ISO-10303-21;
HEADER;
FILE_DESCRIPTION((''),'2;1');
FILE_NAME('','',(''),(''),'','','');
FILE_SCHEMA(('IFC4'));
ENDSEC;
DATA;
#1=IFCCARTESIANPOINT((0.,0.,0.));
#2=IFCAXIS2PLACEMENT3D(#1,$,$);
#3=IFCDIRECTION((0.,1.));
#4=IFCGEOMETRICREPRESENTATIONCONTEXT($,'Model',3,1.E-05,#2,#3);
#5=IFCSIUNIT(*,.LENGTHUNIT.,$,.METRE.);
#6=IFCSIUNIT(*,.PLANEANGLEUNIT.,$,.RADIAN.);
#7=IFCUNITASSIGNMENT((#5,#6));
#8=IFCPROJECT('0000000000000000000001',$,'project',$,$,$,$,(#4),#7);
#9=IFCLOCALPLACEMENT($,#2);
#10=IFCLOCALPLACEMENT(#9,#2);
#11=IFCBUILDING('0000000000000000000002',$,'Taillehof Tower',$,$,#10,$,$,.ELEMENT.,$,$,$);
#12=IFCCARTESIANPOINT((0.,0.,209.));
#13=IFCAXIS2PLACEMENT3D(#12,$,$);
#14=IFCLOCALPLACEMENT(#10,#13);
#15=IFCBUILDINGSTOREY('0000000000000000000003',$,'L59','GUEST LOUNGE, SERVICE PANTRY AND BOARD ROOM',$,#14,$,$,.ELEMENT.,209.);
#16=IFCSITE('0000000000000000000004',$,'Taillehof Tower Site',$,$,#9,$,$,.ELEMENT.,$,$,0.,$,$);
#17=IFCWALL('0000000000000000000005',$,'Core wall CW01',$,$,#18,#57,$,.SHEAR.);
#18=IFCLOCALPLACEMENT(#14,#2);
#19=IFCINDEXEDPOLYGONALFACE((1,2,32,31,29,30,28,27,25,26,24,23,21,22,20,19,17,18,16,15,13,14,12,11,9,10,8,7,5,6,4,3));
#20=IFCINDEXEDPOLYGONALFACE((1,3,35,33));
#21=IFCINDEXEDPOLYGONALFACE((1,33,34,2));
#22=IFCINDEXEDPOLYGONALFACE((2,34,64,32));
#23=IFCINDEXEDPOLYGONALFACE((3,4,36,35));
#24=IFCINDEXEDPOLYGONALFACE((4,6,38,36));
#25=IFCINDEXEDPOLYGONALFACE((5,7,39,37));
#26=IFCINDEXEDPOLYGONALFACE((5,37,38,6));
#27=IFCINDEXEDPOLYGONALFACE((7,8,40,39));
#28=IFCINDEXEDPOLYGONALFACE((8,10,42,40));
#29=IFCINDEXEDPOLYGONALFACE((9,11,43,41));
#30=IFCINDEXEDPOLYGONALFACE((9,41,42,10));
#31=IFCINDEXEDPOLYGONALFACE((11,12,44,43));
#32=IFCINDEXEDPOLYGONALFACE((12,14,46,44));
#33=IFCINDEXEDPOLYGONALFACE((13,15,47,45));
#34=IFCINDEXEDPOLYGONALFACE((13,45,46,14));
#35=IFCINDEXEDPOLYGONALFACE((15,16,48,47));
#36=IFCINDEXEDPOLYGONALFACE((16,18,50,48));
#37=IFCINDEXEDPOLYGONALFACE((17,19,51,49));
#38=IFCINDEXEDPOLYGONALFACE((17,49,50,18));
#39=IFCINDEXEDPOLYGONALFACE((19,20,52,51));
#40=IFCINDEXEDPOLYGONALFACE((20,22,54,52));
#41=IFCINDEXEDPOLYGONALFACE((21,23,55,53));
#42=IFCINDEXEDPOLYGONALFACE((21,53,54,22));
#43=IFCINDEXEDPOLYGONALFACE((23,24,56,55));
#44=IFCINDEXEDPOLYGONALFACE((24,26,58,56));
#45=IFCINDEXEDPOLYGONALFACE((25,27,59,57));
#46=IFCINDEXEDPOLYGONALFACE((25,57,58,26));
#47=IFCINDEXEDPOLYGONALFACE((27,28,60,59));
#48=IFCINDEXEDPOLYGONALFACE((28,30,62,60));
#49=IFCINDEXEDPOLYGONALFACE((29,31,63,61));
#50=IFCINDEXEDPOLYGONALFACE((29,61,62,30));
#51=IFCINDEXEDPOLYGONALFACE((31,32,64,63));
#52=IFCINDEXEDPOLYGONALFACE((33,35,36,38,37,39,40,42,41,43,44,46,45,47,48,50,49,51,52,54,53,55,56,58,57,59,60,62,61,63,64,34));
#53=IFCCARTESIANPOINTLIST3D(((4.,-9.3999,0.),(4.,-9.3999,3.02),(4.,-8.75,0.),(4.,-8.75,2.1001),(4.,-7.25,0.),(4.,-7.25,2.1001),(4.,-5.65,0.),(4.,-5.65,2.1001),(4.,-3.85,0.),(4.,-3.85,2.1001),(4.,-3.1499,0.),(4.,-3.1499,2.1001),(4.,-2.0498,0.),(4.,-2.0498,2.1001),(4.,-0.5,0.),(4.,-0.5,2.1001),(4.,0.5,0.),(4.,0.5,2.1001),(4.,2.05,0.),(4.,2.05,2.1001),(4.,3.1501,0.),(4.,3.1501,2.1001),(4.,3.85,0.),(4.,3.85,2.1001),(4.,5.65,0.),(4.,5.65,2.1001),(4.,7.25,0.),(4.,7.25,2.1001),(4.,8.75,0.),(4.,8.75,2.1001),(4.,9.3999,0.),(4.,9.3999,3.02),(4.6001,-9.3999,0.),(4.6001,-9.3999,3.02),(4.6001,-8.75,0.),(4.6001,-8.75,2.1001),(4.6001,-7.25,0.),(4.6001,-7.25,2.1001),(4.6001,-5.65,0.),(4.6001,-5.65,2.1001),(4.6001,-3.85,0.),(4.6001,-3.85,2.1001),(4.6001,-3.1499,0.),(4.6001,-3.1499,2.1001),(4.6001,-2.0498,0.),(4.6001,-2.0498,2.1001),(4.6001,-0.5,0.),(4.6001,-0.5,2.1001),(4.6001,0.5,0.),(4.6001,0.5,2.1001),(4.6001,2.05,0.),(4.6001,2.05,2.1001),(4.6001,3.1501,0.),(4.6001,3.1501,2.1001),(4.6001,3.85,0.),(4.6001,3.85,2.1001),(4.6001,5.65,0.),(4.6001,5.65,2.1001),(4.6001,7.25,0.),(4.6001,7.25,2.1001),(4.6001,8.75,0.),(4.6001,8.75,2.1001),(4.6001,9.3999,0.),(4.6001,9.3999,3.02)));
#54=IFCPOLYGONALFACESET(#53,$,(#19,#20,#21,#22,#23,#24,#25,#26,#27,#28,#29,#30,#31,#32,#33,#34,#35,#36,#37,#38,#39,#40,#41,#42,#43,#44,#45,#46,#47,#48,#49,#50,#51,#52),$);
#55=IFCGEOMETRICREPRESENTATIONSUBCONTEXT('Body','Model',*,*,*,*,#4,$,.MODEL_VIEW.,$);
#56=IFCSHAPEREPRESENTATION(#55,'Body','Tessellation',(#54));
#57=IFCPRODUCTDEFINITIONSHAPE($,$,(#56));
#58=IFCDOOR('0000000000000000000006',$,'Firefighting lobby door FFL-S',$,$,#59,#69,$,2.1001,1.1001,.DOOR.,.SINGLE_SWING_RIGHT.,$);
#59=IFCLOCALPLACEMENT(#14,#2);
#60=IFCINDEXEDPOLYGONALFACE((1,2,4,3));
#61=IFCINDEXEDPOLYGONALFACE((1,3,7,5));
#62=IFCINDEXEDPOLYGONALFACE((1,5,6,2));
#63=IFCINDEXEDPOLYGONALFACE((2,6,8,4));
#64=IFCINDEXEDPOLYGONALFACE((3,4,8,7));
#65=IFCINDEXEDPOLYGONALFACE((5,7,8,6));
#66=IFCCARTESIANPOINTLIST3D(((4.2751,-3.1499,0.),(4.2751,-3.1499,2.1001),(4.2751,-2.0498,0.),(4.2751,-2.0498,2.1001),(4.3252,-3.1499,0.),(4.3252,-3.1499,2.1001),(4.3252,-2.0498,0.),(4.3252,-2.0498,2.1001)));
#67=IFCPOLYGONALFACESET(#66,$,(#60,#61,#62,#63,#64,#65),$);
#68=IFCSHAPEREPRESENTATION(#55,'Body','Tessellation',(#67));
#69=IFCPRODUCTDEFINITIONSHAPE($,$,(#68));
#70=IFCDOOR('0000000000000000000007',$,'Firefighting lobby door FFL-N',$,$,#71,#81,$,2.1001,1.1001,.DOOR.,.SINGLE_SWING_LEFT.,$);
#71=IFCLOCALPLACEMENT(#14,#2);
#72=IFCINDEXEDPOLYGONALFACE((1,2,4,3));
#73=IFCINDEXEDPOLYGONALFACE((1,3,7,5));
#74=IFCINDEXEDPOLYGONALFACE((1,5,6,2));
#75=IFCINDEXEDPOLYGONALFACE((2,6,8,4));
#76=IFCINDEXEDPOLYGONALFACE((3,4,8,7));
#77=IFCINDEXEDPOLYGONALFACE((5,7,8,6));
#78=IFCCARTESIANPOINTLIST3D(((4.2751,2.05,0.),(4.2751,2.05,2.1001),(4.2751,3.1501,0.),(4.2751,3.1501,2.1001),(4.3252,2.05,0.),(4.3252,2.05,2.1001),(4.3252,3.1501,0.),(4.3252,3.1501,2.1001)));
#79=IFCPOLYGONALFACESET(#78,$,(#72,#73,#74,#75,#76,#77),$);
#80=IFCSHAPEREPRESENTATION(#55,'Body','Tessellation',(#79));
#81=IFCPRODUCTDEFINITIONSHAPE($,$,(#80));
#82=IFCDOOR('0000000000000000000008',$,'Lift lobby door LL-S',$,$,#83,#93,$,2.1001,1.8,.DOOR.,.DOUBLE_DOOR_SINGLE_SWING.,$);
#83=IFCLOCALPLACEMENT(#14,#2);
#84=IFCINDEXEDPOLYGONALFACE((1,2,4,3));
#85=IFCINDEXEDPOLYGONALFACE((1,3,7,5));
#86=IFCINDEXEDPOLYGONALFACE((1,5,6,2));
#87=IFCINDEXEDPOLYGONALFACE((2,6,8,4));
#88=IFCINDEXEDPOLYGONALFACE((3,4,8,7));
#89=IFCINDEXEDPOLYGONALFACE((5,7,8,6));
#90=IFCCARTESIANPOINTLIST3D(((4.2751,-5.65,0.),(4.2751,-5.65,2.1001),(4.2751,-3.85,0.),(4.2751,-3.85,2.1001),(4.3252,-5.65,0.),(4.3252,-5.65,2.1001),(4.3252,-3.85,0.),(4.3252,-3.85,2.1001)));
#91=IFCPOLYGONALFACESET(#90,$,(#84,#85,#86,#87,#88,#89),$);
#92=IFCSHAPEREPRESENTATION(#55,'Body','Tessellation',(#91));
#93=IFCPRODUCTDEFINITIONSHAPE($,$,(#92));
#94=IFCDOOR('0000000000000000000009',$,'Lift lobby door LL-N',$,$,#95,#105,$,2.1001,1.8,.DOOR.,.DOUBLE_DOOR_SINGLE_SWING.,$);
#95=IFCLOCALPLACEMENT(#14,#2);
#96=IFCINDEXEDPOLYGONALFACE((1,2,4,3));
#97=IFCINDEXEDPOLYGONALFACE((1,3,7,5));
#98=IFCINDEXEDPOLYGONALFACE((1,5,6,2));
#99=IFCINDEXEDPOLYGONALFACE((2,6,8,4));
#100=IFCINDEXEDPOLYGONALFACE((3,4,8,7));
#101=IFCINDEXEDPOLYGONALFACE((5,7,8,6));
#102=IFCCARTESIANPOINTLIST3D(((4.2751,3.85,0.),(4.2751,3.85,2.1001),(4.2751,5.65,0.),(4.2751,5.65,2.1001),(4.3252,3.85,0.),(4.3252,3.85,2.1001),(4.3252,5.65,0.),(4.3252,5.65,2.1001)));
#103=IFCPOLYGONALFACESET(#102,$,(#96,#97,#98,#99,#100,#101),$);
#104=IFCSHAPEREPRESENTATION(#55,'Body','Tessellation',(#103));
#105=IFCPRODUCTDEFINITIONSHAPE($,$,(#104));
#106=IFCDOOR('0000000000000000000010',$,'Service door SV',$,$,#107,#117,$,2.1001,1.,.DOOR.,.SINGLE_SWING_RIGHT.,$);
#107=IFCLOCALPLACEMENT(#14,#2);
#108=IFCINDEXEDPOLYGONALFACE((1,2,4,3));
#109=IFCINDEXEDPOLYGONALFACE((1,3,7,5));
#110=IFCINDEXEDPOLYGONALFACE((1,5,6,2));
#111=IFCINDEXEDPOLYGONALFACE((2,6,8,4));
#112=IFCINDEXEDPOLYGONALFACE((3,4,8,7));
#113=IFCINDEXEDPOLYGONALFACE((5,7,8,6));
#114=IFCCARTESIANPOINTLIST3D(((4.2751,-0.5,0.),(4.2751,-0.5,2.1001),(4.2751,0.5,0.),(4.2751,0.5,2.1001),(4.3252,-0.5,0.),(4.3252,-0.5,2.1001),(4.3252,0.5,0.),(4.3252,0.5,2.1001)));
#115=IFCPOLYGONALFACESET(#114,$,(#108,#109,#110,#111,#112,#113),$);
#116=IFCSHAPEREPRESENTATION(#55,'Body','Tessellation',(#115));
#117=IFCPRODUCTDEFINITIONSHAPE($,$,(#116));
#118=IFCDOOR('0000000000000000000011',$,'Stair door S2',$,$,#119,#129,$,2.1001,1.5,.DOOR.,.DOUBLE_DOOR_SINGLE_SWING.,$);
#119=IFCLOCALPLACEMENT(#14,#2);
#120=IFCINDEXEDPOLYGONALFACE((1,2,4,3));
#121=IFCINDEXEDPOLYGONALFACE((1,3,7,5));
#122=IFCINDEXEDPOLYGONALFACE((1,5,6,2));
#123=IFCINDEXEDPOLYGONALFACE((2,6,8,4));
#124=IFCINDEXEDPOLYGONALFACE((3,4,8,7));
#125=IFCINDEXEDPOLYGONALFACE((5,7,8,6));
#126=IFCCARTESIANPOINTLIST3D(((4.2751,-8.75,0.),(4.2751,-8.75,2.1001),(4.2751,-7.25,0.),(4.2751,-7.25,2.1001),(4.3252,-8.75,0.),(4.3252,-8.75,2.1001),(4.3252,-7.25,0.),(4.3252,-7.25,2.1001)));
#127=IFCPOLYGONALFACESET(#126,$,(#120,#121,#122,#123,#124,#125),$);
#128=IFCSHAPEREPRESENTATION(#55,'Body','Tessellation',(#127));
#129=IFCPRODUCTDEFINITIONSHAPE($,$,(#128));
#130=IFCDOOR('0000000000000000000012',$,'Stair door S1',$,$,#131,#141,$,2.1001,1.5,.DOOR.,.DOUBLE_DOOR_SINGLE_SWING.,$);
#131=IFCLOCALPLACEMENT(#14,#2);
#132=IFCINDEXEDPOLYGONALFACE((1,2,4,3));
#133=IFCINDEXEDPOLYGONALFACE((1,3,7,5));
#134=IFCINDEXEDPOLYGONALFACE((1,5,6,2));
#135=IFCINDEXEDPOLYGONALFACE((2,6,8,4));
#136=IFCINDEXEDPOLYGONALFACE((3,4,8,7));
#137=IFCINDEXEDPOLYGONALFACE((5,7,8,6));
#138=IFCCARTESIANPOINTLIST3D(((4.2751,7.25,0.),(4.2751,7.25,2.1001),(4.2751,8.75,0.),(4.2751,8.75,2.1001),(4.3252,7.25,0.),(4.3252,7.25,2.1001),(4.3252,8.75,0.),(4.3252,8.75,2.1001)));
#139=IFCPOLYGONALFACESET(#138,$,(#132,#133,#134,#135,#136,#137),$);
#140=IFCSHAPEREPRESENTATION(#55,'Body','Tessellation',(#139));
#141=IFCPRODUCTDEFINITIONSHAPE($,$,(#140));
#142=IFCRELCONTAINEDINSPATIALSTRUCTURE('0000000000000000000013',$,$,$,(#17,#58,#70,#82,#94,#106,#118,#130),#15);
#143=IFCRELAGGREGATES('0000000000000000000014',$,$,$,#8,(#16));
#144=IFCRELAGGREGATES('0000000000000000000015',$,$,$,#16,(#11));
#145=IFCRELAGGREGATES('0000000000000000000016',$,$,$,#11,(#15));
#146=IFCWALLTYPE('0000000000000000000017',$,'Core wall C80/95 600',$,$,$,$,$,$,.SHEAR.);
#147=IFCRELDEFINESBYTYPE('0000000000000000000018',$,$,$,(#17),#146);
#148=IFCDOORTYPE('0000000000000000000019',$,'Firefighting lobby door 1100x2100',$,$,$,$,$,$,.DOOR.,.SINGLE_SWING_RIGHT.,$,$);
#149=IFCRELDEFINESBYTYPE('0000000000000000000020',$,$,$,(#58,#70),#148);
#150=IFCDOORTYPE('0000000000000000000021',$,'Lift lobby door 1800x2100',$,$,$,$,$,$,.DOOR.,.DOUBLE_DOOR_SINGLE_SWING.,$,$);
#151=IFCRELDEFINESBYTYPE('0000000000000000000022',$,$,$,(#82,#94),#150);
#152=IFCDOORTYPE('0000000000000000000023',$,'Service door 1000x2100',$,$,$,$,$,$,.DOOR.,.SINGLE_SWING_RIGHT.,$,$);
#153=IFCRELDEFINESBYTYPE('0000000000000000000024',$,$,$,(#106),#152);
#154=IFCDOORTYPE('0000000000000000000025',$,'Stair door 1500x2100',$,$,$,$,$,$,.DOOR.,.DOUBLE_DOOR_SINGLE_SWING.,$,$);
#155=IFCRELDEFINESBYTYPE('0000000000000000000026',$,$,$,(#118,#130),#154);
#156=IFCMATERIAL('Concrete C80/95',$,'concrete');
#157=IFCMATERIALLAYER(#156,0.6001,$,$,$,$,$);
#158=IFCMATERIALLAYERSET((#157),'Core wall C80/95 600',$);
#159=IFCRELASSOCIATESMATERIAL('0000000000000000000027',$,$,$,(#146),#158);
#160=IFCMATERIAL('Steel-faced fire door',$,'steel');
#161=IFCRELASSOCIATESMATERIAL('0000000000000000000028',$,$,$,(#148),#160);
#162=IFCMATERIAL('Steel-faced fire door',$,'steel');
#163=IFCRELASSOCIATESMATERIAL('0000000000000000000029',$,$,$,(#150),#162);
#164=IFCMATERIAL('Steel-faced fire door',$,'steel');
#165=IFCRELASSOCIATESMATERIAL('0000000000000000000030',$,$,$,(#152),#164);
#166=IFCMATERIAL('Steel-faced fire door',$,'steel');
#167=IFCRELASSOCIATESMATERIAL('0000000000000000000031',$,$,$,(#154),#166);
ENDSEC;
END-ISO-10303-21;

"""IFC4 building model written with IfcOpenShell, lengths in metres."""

from ifc_helpers import new_model, si_unit, direction, frame, frame_2d, origin, place, context, subcontext, project, spatial, rectangle, extrude, material, layer, layer_set, type_object, element, fill, save


model = new_model("IFC4")

# Units and contexts
model_context = context("Model", 3, precision=1e-05, world=origin(), true_north=direction((0.0, 1.0)))
body_context = subcontext(model_context, "Body", "Model", "MODEL_VIEW")
ifc_project = project(units=[si_unit("LENGTHUNIT", "METRE"), si_unit("PLANEANGLEUNIT", "RADIAN")], contexts=[model_context])

# Site, building, storey
site_placement = place(None, origin())
site = spatial("IfcSite", under=ifc_project, at=site_placement, Name="Taillehof Tower Site", CompositionType="ELEMENT", RefElevation=0.0)
building_placement = place(site_placement, origin())
building = spatial("IfcBuilding", under=site, at=building_placement, Name="Taillehof Tower", CompositionType="ELEMENT")
storey_placement = place(building_placement, frame((0.0, 0.0, 209.0)))
storey = spatial("IfcBuildingStorey", under=building, at=storey_placement, Name="L59", Description="GUEST LOUNGE, SERVICE PANTRY AND BOARD ROOM", CompositionType="ELEMENT", Elevation=209.0)

# Wall, openings, doors
ifc_material_1 = material(Name="Concrete C80/95", Category="concrete")
ifc_layer_1 = layer(ifc_material_1, 0.6001)
ifc_layer_set_1 = layer_set([ifc_layer_1], Name="Core wall C80/95 600")
wall_type_1 = type_object("IfcWallType", Name="Core wall C80/95 600", PredefinedType="SHEAR", material=ifc_layer_set_1)
wall_1_placement = place(storey_placement, frame((4.3, -9.3999, 0.0), z_axis=(0.0, 0.0, 1.0), x_axis=(0.0, 1.0, 0.0)))
wall_1 = element("IfcWall", 1, at=wall_1_placement, inside=storey, type_object=wall_type_1, Name="Core wall CW01", PredefinedType="SHEAR", context=body_context, shape_type="SweptSolid", body=[
    extrude(rectangle(XDim=18.7998, YDim=0.6001, at=frame_2d((9.3999, 0.0))), origin(), (0.0, 0.0, 1.0), 3.02),
])
opening_1_placement = place(wall_1_placement, frame((0.6499, 0.0, 0.0)))
opening_1 = element("IfcOpeningElement", 2, at=opening_1_placement, cuts=wall_1, PredefinedType="OPENING", context=body_context, shape_type="SweptSolid", body=[
    extrude(rectangle(XDim=1.5, YDim=2.1001, at=frame_2d((0.75, 1.05))), frame((0.0, 0.3101, 0.0), z_axis=(0.0, -1.0, 0.0), x_axis=(1.0, 0.0, 0.0)), (0.0, 0.0, 1.0), 0.6201),
])
opening_2_placement = place(wall_1_placement, frame((3.75, 0.0, 0.0)))
opening_2 = element("IfcOpeningElement", 3, at=opening_2_placement, cuts=wall_1, PredefinedType="OPENING", context=body_context, shape_type="SweptSolid", body=[
    extrude(rectangle(XDim=1.8, YDim=2.1001, at=frame_2d((0.8999, 1.05))), frame((0.0, 0.3101, 0.0), z_axis=(0.0, -1.0, 0.0), x_axis=(1.0, 0.0, 0.0)), (0.0, 0.0, 1.0), 0.6201),
])
opening_3_placement = place(wall_1_placement, frame((6.25, 0.0, 0.0)))
opening_3 = element("IfcOpeningElement", 4, at=opening_3_placement, cuts=wall_1, PredefinedType="OPENING", context=body_context, shape_type="SweptSolid", body=[
    extrude(rectangle(XDim=1.1001, YDim=2.1001, at=frame_2d((0.55, 1.05))), frame((0.0, 0.3101, 0.0), z_axis=(0.0, -1.0, 0.0), x_axis=(1.0, 0.0, 0.0)), (0.0, 0.0, 1.0), 0.6201),
])
opening_4_placement = place(wall_1_placement, frame((8.8999, 0.0, 0.0)))
opening_4 = element("IfcOpeningElement", 5, at=opening_4_placement, cuts=wall_1, PredefinedType="OPENING", context=body_context, shape_type="SweptSolid", body=[
    extrude(rectangle(XDim=1.0, YDim=2.1001, at=frame_2d((0.5, 1.05))), frame((0.0, 0.3101, 0.0), z_axis=(0.0, -1.0, 0.0), x_axis=(1.0, 0.0, 0.0)), (0.0, 0.0, 1.0), 0.6201),
])
opening_5_placement = place(wall_1_placement, frame((11.45, 0.0, 0.0)))
opening_5 = element("IfcOpeningElement", 6, at=opening_5_placement, cuts=wall_1, PredefinedType="OPENING", context=body_context, shape_type="SweptSolid", body=[
    extrude(rectangle(XDim=1.1001, YDim=2.1001, at=frame_2d((0.55, 1.05))), frame((0.0, 0.3101, 0.0), z_axis=(0.0, -1.0, 0.0), x_axis=(1.0, 0.0, 0.0)), (0.0, 0.0, 1.0), 0.6201),
])
opening_6_placement = place(wall_1_placement, frame((13.25, 0.0, 0.0)))
opening_6 = element("IfcOpeningElement", 7, at=opening_6_placement, cuts=wall_1, PredefinedType="OPENING", context=body_context, shape_type="SweptSolid", body=[
    extrude(rectangle(XDim=1.8, YDim=2.1001, at=frame_2d((0.8999, 1.05))), frame((0.0, 0.3101, 0.0), z_axis=(0.0, -1.0, 0.0), x_axis=(1.0, 0.0, 0.0)), (0.0, 0.0, 1.0), 0.6201),
])
opening_7_placement = place(wall_1_placement, frame((16.6499, 0.0, 0.0)))
opening_7 = element("IfcOpeningElement", 8, at=opening_7_placement, cuts=wall_1, PredefinedType="OPENING", context=body_context, shape_type="SweptSolid", body=[
    extrude(rectangle(XDim=1.5, YDim=2.1001, at=frame_2d((0.75, 1.05))), frame((0.0, 0.3101, 0.0), z_axis=(0.0, -1.0, 0.0), x_axis=(1.0, 0.0, 0.0)), (0.0, 0.0, 1.0), 0.6201),
])
ifc_material_2 = material(Name="Steel-faced fire door", Category="steel")
door_type_1 = type_object("IfcDoorType", Name="Firefighting lobby door 1100x2100", OperationType="SINGLE_SWING_RIGHT", PredefinedType="DOOR", material=ifc_material_2)
door_1_placement = place(opening_3_placement, origin())
door_1 = element("IfcDoor", 9, at=door_1_placement, inside=storey, type_object=door_type_1, Name="Firefighting lobby door FFL-S", OperationType="SINGLE_SWING_RIGHT", OverallHeight=2.1001, OverallWidth=1.1001, PredefinedType="DOOR", context=body_context, shape_type="SweptSolid", body=[
    extrude(rectangle(XDim=1.1001, YDim=2.1001, at=frame_2d((0.55, 1.05))), frame((0.0, 0.0249, 0.0), z_axis=(0.0, -1.0, 0.0), x_axis=(1.0, 0.0, 0.0)), (0.0, 0.0, 1.0), 0.05),
])
fill(opening_3, door_1)
door_2_placement = place(opening_5_placement, origin())
door_2 = element("IfcDoor", 10, at=door_2_placement, inside=storey, type_object=door_type_1, Name="Firefighting lobby door FFL-N", OperationType="SINGLE_SWING_LEFT", OverallHeight=2.1001, OverallWidth=1.1001, PredefinedType="DOOR", context=body_context, shape_type="SweptSolid", body=[
    extrude(rectangle(XDim=1.1001, YDim=2.1001, at=frame_2d((0.55, 1.05))), frame((0.0, 0.0249, 0.0), z_axis=(0.0, -1.0, 0.0), x_axis=(1.0, 0.0, 0.0)), (0.0, 0.0, 1.0), 0.05),
])
fill(opening_5, door_2)
ifc_material_3 = material(Name="Steel-faced fire door", Category="steel")
door_type_2 = type_object("IfcDoorType", Name="Lift lobby door 1800x2100", OperationType="DOUBLE_DOOR_SINGLE_SWING", PredefinedType="DOOR", material=ifc_material_3)
door_3_placement = place(opening_2_placement, origin())
door_3 = element("IfcDoor", 11, at=door_3_placement, inside=storey, type_object=door_type_2, Name="Lift lobby door LL-S", OperationType="DOUBLE_DOOR_SINGLE_SWING", OverallHeight=2.1001, OverallWidth=1.8, PredefinedType="DOOR", context=body_context, shape_type="SweptSolid", body=[
    extrude(rectangle(XDim=1.8, YDim=2.1001, at=frame_2d((0.8999, 1.05))), frame((0.0, 0.0249, 0.0), z_axis=(0.0, -1.0, 0.0), x_axis=(1.0, 0.0, 0.0)), (0.0, 0.0, 1.0), 0.05),
])
fill(opening_2, door_3)
door_4_placement = place(opening_6_placement, origin())
door_4 = element("IfcDoor", 12, at=door_4_placement, inside=storey, type_object=door_type_2, Name="Lift lobby door LL-N", OperationType="DOUBLE_DOOR_SINGLE_SWING", OverallHeight=2.1001, OverallWidth=1.8, PredefinedType="DOOR", context=body_context, shape_type="SweptSolid", body=[
    extrude(rectangle(XDim=1.8, YDim=2.1001, at=frame_2d((0.8999, 1.05))), frame((0.0, 0.0249, 0.0), z_axis=(0.0, -1.0, 0.0), x_axis=(1.0, 0.0, 0.0)), (0.0, 0.0, 1.0), 0.05),
])
fill(opening_6, door_4)
ifc_material_4 = material(Name="Steel-faced fire door", Category="steel")
door_type_3 = type_object("IfcDoorType", Name="Service door 1000x2100", OperationType="SINGLE_SWING_RIGHT", PredefinedType="DOOR", material=ifc_material_4)
door_5_placement = place(opening_4_placement, origin())
door_5 = element("IfcDoor", 13, at=door_5_placement, inside=storey, type_object=door_type_3, Name="Service door SV", OperationType="SINGLE_SWING_RIGHT", OverallHeight=2.1001, OverallWidth=1.0, PredefinedType="DOOR", context=body_context, shape_type="SweptSolid", body=[
    extrude(rectangle(XDim=1.0, YDim=2.1001, at=frame_2d((0.5, 1.05))), frame((0.0, 0.0249, 0.0), z_axis=(0.0, -1.0, 0.0), x_axis=(1.0, 0.0, 0.0)), (0.0, 0.0, 1.0), 0.05),
])
fill(opening_4, door_5)
ifc_material_5 = material(Name="Steel-faced fire door", Category="steel")
door_type_4 = type_object("IfcDoorType", Name="Stair door 1500x2100", OperationType="DOUBLE_DOOR_SINGLE_SWING", PredefinedType="DOOR", material=ifc_material_5)
door_6_placement = place(opening_1_placement, origin())
door_6 = element("IfcDoor", 14, at=door_6_placement, inside=storey, type_object=door_type_4, Name="Stair door S2", OperationType="DOUBLE_DOOR_SINGLE_SWING", OverallHeight=2.1001, OverallWidth=1.5, PredefinedType="DOOR", context=body_context, shape_type="SweptSolid", body=[
    extrude(rectangle(XDim=1.5, YDim=2.1001, at=frame_2d((0.75, 1.05))), frame((0.0, 0.0249, 0.0), z_axis=(0.0, -1.0, 0.0), x_axis=(1.0, 0.0, 0.0)), (0.0, 0.0, 1.0), 0.05),
])
fill(opening_1, door_6)
door_7_placement = place(opening_7_placement, origin())
door_7 = element("IfcDoor", 15, at=door_7_placement, inside=storey, type_object=door_type_4, Name="Stair door S1", OperationType="DOUBLE_DOOR_SINGLE_SWING", OverallHeight=2.1001, OverallWidth=1.5, PredefinedType="DOOR", context=body_context, shape_type="SweptSolid", body=[
    extrude(rectangle(XDim=1.5, YDim=2.1001, at=frame_2d((0.75, 1.05))), frame((0.0, 0.0249, 0.0), z_axis=(0.0, -1.0, 0.0), x_axis=(1.0, 0.0, 0.0)), (0.0, 0.0, 1.0), 0.05),
])
fill(opening_7, door_7)

save(model, "model.ifc")
